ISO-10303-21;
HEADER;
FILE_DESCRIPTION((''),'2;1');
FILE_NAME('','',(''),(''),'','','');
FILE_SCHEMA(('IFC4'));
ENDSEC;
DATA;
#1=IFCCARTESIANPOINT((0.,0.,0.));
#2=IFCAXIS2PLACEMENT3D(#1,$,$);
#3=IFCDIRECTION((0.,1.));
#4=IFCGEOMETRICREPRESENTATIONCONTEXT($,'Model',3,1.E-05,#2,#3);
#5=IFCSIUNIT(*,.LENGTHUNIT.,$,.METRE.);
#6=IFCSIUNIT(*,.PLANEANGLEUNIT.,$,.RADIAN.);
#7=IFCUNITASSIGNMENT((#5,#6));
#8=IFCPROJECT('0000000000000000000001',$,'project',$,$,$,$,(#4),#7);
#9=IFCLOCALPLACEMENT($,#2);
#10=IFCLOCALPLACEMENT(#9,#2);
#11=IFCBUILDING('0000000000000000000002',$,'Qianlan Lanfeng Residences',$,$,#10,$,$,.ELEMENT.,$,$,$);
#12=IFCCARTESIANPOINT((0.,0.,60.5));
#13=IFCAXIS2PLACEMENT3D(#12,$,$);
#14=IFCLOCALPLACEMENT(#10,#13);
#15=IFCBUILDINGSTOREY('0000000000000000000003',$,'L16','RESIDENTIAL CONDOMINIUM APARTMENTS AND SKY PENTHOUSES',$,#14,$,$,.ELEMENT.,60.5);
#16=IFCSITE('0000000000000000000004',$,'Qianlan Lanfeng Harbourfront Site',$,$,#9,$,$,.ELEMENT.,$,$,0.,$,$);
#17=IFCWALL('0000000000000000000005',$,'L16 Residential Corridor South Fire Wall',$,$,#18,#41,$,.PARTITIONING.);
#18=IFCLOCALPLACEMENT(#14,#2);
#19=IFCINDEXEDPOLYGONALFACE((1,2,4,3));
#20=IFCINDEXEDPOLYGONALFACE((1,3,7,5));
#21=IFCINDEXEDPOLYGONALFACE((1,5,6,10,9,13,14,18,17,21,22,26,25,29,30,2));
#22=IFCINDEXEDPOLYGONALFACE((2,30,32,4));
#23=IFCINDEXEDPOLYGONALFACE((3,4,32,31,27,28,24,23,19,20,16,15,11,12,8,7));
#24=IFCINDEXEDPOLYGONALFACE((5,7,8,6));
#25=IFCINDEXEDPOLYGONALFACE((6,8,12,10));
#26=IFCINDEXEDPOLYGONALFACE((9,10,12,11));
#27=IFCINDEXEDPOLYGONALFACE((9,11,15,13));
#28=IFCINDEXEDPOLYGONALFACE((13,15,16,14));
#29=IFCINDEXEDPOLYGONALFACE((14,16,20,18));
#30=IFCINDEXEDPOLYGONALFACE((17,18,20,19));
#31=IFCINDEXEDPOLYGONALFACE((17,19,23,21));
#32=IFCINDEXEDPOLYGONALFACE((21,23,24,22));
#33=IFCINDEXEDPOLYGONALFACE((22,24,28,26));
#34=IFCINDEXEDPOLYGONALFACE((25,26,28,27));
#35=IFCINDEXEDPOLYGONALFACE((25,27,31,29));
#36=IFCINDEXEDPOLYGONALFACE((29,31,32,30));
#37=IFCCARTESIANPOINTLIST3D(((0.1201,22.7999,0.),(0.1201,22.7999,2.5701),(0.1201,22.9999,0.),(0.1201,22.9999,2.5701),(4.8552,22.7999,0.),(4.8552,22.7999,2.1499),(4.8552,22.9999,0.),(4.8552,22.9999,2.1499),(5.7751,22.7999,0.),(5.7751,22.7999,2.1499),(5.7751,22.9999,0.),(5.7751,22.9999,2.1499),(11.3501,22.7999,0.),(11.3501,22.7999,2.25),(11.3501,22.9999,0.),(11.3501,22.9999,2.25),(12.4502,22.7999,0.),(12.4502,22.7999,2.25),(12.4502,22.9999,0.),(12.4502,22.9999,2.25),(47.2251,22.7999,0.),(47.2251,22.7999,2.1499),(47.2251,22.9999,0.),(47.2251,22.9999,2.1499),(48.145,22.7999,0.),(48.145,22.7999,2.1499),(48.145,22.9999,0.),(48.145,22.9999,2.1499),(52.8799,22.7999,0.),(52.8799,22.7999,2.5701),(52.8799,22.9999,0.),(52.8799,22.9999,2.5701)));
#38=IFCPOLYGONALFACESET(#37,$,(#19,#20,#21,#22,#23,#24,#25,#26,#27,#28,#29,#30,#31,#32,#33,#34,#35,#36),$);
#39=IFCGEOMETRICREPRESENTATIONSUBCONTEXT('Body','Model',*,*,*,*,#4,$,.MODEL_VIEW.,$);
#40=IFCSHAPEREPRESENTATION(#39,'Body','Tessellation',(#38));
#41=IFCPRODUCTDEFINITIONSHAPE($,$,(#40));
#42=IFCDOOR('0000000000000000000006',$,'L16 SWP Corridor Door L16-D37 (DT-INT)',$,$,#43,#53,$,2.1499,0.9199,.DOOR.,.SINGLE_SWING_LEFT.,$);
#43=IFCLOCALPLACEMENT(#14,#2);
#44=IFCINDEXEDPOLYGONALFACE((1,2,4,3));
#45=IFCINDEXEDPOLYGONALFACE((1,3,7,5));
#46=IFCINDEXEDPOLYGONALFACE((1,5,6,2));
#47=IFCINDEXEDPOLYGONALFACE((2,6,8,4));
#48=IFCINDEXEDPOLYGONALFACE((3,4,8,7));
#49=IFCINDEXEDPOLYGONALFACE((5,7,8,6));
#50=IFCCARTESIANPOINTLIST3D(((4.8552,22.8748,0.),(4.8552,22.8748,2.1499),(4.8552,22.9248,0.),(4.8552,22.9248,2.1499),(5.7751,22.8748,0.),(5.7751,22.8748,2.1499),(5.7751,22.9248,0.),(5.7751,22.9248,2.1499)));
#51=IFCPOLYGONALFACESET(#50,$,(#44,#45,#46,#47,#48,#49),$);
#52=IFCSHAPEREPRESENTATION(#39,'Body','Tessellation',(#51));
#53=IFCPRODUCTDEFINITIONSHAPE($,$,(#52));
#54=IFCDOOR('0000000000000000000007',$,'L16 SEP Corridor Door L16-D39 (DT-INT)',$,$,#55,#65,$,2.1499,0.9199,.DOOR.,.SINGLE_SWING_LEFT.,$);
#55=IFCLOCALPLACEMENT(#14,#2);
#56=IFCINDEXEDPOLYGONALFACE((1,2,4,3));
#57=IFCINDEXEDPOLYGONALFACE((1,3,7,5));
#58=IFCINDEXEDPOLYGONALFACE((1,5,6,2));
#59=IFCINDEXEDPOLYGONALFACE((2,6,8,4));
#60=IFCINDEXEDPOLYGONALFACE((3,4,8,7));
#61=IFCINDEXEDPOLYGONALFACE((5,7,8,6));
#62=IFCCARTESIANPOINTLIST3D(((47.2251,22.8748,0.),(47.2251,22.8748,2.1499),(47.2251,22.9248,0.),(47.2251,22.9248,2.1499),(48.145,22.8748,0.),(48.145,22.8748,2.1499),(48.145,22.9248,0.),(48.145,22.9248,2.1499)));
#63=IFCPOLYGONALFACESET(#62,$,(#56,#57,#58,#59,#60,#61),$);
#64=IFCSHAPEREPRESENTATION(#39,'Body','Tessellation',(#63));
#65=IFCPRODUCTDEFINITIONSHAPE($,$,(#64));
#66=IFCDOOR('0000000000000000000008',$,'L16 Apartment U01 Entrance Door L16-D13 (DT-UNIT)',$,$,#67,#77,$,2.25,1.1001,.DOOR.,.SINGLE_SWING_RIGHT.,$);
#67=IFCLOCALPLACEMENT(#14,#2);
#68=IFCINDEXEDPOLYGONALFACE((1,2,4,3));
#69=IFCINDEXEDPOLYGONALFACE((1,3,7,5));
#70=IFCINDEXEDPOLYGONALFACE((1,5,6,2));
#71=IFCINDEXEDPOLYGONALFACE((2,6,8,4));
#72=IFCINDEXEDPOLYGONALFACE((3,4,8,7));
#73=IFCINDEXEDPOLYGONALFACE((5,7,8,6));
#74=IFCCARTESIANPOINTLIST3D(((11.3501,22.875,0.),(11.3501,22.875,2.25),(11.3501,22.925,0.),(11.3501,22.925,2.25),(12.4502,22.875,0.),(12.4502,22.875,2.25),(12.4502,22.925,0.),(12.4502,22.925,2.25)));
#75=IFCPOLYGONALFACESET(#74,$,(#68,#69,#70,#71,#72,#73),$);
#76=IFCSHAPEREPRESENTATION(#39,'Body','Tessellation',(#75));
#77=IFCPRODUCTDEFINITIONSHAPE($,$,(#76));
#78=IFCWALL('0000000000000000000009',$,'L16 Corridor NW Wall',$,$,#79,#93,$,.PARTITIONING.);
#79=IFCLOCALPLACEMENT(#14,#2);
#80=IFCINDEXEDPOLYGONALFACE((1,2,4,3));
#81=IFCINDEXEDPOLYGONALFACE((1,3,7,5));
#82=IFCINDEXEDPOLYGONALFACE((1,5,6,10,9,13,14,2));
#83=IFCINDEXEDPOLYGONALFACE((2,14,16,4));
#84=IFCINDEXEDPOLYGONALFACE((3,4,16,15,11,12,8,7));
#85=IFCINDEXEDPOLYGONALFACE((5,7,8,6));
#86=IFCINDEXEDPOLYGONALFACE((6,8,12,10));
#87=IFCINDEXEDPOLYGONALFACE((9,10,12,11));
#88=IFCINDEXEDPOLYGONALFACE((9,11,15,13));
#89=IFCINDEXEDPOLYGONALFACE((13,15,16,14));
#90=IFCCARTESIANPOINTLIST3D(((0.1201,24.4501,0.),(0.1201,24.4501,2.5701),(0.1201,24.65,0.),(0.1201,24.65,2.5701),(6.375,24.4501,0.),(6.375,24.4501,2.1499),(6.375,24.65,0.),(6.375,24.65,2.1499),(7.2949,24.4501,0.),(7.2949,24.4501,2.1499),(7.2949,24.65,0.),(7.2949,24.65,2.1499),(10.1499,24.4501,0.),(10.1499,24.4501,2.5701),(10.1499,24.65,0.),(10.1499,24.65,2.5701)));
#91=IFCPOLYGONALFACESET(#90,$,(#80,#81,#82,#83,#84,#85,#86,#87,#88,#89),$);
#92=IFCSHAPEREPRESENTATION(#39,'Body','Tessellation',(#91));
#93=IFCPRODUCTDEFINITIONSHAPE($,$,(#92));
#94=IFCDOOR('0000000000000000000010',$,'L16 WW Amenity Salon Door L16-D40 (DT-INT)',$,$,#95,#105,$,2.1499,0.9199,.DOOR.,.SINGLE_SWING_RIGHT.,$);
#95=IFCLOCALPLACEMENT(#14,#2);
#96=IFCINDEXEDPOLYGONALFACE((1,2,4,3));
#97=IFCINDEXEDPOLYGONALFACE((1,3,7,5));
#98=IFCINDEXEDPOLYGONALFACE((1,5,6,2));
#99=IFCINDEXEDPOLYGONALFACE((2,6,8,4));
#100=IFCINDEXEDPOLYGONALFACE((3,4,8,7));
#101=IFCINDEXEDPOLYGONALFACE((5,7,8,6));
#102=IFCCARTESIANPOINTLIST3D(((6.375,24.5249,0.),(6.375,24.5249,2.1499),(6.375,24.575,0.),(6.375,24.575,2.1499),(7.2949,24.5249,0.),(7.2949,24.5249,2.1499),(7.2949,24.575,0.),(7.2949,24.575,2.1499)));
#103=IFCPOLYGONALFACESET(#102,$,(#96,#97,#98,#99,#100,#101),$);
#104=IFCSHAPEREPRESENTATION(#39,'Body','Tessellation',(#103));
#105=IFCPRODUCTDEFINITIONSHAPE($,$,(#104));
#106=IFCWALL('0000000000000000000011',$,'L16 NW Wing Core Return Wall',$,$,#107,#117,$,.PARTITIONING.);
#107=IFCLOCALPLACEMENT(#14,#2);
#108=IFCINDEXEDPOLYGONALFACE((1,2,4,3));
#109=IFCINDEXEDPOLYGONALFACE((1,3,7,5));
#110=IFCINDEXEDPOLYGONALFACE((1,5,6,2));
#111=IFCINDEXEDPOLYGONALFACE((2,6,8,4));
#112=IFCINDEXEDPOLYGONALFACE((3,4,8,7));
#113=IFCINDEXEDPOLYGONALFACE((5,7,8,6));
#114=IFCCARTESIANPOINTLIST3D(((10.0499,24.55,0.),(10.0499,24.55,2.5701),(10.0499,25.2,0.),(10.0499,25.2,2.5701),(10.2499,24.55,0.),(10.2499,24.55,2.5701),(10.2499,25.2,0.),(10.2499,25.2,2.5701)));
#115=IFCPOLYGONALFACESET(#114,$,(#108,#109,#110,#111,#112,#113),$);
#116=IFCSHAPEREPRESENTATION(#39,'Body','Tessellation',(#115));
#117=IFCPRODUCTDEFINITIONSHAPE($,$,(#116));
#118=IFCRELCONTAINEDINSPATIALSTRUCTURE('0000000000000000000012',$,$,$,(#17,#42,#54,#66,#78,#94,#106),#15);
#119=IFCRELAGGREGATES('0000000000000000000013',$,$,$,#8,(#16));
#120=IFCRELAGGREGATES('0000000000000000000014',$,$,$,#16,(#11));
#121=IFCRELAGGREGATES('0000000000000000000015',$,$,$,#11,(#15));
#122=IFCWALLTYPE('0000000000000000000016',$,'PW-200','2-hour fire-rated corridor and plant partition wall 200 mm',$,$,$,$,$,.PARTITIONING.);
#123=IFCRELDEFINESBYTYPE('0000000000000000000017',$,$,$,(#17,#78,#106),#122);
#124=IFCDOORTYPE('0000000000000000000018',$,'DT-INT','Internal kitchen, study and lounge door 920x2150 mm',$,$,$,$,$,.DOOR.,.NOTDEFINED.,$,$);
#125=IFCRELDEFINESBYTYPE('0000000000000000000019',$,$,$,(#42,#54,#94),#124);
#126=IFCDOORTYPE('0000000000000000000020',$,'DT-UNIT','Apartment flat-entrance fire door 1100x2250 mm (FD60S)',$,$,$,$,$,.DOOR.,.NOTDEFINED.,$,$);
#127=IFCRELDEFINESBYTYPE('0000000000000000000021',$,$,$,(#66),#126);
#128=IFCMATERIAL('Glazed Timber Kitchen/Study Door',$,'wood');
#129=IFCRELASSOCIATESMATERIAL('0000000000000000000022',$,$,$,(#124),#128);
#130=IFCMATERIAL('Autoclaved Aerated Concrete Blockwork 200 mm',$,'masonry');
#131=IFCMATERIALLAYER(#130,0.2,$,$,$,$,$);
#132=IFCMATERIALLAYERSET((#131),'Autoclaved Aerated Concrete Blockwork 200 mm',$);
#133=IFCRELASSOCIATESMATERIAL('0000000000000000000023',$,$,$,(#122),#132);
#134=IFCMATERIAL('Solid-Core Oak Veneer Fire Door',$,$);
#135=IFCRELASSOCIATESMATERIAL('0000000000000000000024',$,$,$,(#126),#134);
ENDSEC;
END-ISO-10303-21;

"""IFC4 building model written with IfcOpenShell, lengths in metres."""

from ifc_helpers import new_model, si_unit, direction, frame, frame_2d, origin, place, context, subcontext, project, spatial, rectangle, extrude, material, layer, layer_set, type_object, element, fill, save


model = new_model("IFC4")

# Units and contexts
model_context = context("Model", 3, precision=1e-05, world=origin(), true_north=direction((0.0, 1.0)))
body_context = subcontext(model_context, "Body", "Model", "MODEL_VIEW")
ifc_project = project(units=[si_unit("LENGTHUNIT", "METRE"), si_unit("PLANEANGLEUNIT", "RADIAN")], contexts=[model_context])

# Site, building, storey
site_placement = place(None, origin())
site = spatial("IfcSite", under=ifc_project, at=site_placement, Name="Qianlan Lanfeng Harbourfront Site", CompositionType="ELEMENT", RefElevation=0.0)
building_placement = place(site_placement, origin())
building = spatial("IfcBuilding", under=site, at=building_placement, Name="Qianlan Lanfeng Residences", CompositionType="ELEMENT")
storey_placement = place(building_placement, frame((0.0, 0.0, 60.5)))
storey = spatial("IfcBuildingStorey", under=building, at=storey_placement, Name="L16", Description="RESIDENTIAL CONDOMINIUM APARTMENTS AND SKY PENTHOUSES", CompositionType="ELEMENT", Elevation=60.5)

# Shared definitions
ifc_material_1 = material(Name="Glazed Timber Kitchen/Study Door", Category="wood")
door_type_1 = type_object("IfcDoorType", Name="DT-INT", Description="Internal kitchen, study and lounge door 920x2150 mm", OperationType="NOTDEFINED", PredefinedType="DOOR", material=ifc_material_1)

# Wall, openings, doors
ifc_material_2 = material(Name="Autoclaved Aerated Concrete Blockwork 200 mm", Category="masonry")
ifc_layer_1 = layer(ifc_material_2, 0.2)
ifc_layer_set_1 = layer_set([ifc_layer_1], Name="Autoclaved Aerated Concrete Blockwork 200 mm")
wall_type_1 = type_object("IfcWallType", Name="PW-200", Description="2-hour fire-rated corridor and plant partition wall 200 mm", PredefinedType="PARTITIONING", material=ifc_layer_set_1)
wall_1_placement = place(storey_placement, frame((0.1201, 22.8999, 0.0), z_axis=(0.0, 0.0, 1.0), x_axis=(1.0, 0.0, 0.0)))
wall_1 = element("IfcWall", 1, at=wall_1_placement, inside=storey, type_object=wall_type_1, Name="L16 Residential Corridor South Fire Wall", PredefinedType="PARTITIONING", context=body_context, shape_type="SweptSolid", body=[
    extrude(rectangle(XDim=52.7598, YDim=0.2, at=frame_2d((26.3799, 0.0))), origin(), (0.0, 0.0, 1.0), 2.5701),
])
opening_1_placement = place(wall_1_placement, frame((11.23, 0.0, 0.0)))
opening_1 = element("IfcOpeningElement", 2, at=opening_1_placement, cuts=wall_1, PredefinedType="OPENING", context=body_context, shape_type="SweptSolid", body=[
    extrude(rectangle(XDim=1.1001, YDim=2.25, at=frame_2d((0.55, 1.125))), frame((0.0, 0.1099, 0.0), z_axis=(0.0, -1.0, 0.0), x_axis=(1.0, 0.0, 0.0)), (0.0, 0.0, 1.0), 0.22),
])
opening_2_placement = place(wall_1_placement, frame((4.7351, 0.0, 0.0)))
opening_2 = element("IfcOpeningElement", 3, at=opening_2_placement, cuts=wall_1, PredefinedType="OPENING", context=body_context, shape_type="SweptSolid", body=[
    extrude(rectangle(XDim=0.9199, YDim=2.1499, at=frame_2d((0.46, 1.075))), frame((0.0, 0.1099, 0.0), z_axis=(0.0, -1.0, 0.0), x_axis=(1.0, 0.0, 0.0)), (0.0, 0.0, 1.0), 0.22),
])
opening_3_placement = place(wall_1_placement, frame((47.105, 0.0, 0.0)))
opening_3 = element("IfcOpeningElement", 4, at=opening_3_placement, cuts=wall_1, PredefinedType="OPENING", context=body_context, shape_type="SweptSolid", body=[
    extrude(rectangle(XDim=0.9199, YDim=2.1499, at=frame_2d((0.46, 1.075))), frame((0.0, 0.1099, 0.0), z_axis=(0.0, -1.0, 0.0), x_axis=(1.0, 0.0, 0.0)), (0.0, 0.0, 1.0), 0.22),
])
door_1_placement = place(opening_2_placement, origin())
door_1 = element("IfcDoor", 5, at=door_1_placement, inside=storey, type_object=door_type_1, Name="L16 SWP Corridor Door L16-D37 (DT-INT)", OperationType="SINGLE_SWING_LEFT", OverallHeight=2.1499, OverallWidth=0.9199, PredefinedType="DOOR", context=body_context, shape_type="SweptSolid", body=[
    extrude(rectangle(XDim=0.9199, YDim=2.1499, at=frame_2d((0.46, 1.075))), frame((0.0, 0.0249, 0.0), z_axis=(0.0, -1.0, 0.0), x_axis=(1.0, 0.0, 0.0)), (0.0, 0.0, 1.0), 0.05),
])
fill(opening_2, door_1)
door_2_placement = place(opening_3_placement, origin())
door_2 = element("IfcDoor", 6, at=door_2_placement, inside=storey, type_object=door_type_1, Name="L16 SEP Corridor Door L16-D39 (DT-INT)", OperationType="SINGLE_SWING_LEFT", OverallHeight=2.1499, OverallWidth=0.9199, PredefinedType="DOOR", context=body_context, shape_type="SweptSolid", body=[
    extrude(rectangle(XDim=0.9199, YDim=2.1499, at=frame_2d((0.46, 1.075))), frame((0.0, 0.0249, 0.0), z_axis=(0.0, -1.0, 0.0), x_axis=(1.0, 0.0, 0.0)), (0.0, 0.0, 1.0), 0.05),
])
fill(opening_3, door_2)
ifc_material_3 = material(Name="Solid-Core Oak Veneer Fire Door")
door_type_2 = type_object("IfcDoorType", Name="DT-UNIT", Description="Apartment flat-entrance fire door 1100x2250 mm (FD60S)", OperationType="NOTDEFINED", PredefinedType="DOOR", material=ifc_material_3)
door_3_placement = place(opening_1_placement, frame((1.1001, 0.0, 0.0), z_axis=(0.0, 0.0, 1.0), x_axis=(-1.0, 0.0, 0.0)))
door_3 = element("IfcDoor", 7, at=door_3_placement, inside=storey, type_object=door_type_2, Name="L16 Apartment U01 Entrance Door L16-D13 (DT-UNIT)", OperationType="SINGLE_SWING_RIGHT", OverallHeight=2.25, OverallWidth=1.1001, PredefinedType="DOOR", context=body_context, shape_type="SweptSolid", body=[
    extrude(rectangle(XDim=1.1001, YDim=2.25, at=frame_2d((0.55, 1.125))), frame((0.0, 0.0249, 0.0), z_axis=(0.0, -1.0, 0.0), x_axis=(1.0, 0.0, 0.0)), (0.0, 0.0, 1.0), 0.05),
])
fill(opening_1, door_3)

# Wall, opening, door
wall_2_placement = place(storey_placement, frame((0.1201, 24.55, 0.0), z_axis=(0.0, 0.0, 1.0), x_axis=(1.0, 0.0, 0.0)))
wall_2 = element("IfcWall", 8, at=wall_2_placement, inside=storey, type_object=wall_type_1, Name="L16 Corridor NW Wall", PredefinedType="PARTITIONING", context=body_context, shape_type="SweptSolid", body=[
    extrude(rectangle(XDim=10.0298, YDim=0.2, at=frame_2d((5.0149, 0.0))), origin(), (0.0, 0.0, 1.0), 2.5701),
])
opening_4_placement = place(wall_2_placement, frame((6.2549, 0.0, 0.0)))
opening_4 = element("IfcOpeningElement", 9, at=opening_4_placement, cuts=wall_2, PredefinedType="OPENING", context=body_context, shape_type="SweptSolid", body=[
    extrude(rectangle(XDim=0.9199, YDim=2.1499, at=frame_2d((0.46, 1.075))), frame((0.0, 0.1099, 0.0), z_axis=(0.0, -1.0, 0.0), x_axis=(1.0, 0.0, 0.0)), (0.0, 0.0, 1.0), 0.22),
])
door_4_placement = place(opening_4_placement, origin())
door_4 = element("IfcDoor", 10, at=door_4_placement, inside=storey, type_object=door_type_1, Name="L16 WW Amenity Salon Door L16-D40 (DT-INT)", OperationType="SINGLE_SWING_RIGHT", OverallHeight=2.1499, OverallWidth=0.9199, PredefinedType="DOOR", context=body_context, shape_type="SweptSolid", body=[
    extrude(rectangle(XDim=0.9199, YDim=2.1499, at=frame_2d((0.46, 1.075))), frame((0.0, 0.0249, 0.0), z_axis=(0.0, -1.0, 0.0), x_axis=(1.0, 0.0, 0.0)), (0.0, 0.0, 1.0), 0.05),
])
fill(opening_4, door_4)

# Wall
wall_3_placement = place(storey_placement, frame((10.1499, 24.55, 0.0), z_axis=(0.0, 0.0, 1.0), x_axis=(0.0, 1.0, 0.0)))
element("IfcWall", 11, at=wall_3_placement, inside=storey, type_object=wall_type_1, Name="L16 NW Wing Core Return Wall", PredefinedType="PARTITIONING", context=body_context, shape_type="SweptSolid", body=[
    extrude(rectangle(XDim=0.6499, YDim=0.2, at=frame_2d((0.325, 0.0))), origin(), (0.0, 0.0, 1.0), 2.5701),
])

save(model, "model.ifc")
